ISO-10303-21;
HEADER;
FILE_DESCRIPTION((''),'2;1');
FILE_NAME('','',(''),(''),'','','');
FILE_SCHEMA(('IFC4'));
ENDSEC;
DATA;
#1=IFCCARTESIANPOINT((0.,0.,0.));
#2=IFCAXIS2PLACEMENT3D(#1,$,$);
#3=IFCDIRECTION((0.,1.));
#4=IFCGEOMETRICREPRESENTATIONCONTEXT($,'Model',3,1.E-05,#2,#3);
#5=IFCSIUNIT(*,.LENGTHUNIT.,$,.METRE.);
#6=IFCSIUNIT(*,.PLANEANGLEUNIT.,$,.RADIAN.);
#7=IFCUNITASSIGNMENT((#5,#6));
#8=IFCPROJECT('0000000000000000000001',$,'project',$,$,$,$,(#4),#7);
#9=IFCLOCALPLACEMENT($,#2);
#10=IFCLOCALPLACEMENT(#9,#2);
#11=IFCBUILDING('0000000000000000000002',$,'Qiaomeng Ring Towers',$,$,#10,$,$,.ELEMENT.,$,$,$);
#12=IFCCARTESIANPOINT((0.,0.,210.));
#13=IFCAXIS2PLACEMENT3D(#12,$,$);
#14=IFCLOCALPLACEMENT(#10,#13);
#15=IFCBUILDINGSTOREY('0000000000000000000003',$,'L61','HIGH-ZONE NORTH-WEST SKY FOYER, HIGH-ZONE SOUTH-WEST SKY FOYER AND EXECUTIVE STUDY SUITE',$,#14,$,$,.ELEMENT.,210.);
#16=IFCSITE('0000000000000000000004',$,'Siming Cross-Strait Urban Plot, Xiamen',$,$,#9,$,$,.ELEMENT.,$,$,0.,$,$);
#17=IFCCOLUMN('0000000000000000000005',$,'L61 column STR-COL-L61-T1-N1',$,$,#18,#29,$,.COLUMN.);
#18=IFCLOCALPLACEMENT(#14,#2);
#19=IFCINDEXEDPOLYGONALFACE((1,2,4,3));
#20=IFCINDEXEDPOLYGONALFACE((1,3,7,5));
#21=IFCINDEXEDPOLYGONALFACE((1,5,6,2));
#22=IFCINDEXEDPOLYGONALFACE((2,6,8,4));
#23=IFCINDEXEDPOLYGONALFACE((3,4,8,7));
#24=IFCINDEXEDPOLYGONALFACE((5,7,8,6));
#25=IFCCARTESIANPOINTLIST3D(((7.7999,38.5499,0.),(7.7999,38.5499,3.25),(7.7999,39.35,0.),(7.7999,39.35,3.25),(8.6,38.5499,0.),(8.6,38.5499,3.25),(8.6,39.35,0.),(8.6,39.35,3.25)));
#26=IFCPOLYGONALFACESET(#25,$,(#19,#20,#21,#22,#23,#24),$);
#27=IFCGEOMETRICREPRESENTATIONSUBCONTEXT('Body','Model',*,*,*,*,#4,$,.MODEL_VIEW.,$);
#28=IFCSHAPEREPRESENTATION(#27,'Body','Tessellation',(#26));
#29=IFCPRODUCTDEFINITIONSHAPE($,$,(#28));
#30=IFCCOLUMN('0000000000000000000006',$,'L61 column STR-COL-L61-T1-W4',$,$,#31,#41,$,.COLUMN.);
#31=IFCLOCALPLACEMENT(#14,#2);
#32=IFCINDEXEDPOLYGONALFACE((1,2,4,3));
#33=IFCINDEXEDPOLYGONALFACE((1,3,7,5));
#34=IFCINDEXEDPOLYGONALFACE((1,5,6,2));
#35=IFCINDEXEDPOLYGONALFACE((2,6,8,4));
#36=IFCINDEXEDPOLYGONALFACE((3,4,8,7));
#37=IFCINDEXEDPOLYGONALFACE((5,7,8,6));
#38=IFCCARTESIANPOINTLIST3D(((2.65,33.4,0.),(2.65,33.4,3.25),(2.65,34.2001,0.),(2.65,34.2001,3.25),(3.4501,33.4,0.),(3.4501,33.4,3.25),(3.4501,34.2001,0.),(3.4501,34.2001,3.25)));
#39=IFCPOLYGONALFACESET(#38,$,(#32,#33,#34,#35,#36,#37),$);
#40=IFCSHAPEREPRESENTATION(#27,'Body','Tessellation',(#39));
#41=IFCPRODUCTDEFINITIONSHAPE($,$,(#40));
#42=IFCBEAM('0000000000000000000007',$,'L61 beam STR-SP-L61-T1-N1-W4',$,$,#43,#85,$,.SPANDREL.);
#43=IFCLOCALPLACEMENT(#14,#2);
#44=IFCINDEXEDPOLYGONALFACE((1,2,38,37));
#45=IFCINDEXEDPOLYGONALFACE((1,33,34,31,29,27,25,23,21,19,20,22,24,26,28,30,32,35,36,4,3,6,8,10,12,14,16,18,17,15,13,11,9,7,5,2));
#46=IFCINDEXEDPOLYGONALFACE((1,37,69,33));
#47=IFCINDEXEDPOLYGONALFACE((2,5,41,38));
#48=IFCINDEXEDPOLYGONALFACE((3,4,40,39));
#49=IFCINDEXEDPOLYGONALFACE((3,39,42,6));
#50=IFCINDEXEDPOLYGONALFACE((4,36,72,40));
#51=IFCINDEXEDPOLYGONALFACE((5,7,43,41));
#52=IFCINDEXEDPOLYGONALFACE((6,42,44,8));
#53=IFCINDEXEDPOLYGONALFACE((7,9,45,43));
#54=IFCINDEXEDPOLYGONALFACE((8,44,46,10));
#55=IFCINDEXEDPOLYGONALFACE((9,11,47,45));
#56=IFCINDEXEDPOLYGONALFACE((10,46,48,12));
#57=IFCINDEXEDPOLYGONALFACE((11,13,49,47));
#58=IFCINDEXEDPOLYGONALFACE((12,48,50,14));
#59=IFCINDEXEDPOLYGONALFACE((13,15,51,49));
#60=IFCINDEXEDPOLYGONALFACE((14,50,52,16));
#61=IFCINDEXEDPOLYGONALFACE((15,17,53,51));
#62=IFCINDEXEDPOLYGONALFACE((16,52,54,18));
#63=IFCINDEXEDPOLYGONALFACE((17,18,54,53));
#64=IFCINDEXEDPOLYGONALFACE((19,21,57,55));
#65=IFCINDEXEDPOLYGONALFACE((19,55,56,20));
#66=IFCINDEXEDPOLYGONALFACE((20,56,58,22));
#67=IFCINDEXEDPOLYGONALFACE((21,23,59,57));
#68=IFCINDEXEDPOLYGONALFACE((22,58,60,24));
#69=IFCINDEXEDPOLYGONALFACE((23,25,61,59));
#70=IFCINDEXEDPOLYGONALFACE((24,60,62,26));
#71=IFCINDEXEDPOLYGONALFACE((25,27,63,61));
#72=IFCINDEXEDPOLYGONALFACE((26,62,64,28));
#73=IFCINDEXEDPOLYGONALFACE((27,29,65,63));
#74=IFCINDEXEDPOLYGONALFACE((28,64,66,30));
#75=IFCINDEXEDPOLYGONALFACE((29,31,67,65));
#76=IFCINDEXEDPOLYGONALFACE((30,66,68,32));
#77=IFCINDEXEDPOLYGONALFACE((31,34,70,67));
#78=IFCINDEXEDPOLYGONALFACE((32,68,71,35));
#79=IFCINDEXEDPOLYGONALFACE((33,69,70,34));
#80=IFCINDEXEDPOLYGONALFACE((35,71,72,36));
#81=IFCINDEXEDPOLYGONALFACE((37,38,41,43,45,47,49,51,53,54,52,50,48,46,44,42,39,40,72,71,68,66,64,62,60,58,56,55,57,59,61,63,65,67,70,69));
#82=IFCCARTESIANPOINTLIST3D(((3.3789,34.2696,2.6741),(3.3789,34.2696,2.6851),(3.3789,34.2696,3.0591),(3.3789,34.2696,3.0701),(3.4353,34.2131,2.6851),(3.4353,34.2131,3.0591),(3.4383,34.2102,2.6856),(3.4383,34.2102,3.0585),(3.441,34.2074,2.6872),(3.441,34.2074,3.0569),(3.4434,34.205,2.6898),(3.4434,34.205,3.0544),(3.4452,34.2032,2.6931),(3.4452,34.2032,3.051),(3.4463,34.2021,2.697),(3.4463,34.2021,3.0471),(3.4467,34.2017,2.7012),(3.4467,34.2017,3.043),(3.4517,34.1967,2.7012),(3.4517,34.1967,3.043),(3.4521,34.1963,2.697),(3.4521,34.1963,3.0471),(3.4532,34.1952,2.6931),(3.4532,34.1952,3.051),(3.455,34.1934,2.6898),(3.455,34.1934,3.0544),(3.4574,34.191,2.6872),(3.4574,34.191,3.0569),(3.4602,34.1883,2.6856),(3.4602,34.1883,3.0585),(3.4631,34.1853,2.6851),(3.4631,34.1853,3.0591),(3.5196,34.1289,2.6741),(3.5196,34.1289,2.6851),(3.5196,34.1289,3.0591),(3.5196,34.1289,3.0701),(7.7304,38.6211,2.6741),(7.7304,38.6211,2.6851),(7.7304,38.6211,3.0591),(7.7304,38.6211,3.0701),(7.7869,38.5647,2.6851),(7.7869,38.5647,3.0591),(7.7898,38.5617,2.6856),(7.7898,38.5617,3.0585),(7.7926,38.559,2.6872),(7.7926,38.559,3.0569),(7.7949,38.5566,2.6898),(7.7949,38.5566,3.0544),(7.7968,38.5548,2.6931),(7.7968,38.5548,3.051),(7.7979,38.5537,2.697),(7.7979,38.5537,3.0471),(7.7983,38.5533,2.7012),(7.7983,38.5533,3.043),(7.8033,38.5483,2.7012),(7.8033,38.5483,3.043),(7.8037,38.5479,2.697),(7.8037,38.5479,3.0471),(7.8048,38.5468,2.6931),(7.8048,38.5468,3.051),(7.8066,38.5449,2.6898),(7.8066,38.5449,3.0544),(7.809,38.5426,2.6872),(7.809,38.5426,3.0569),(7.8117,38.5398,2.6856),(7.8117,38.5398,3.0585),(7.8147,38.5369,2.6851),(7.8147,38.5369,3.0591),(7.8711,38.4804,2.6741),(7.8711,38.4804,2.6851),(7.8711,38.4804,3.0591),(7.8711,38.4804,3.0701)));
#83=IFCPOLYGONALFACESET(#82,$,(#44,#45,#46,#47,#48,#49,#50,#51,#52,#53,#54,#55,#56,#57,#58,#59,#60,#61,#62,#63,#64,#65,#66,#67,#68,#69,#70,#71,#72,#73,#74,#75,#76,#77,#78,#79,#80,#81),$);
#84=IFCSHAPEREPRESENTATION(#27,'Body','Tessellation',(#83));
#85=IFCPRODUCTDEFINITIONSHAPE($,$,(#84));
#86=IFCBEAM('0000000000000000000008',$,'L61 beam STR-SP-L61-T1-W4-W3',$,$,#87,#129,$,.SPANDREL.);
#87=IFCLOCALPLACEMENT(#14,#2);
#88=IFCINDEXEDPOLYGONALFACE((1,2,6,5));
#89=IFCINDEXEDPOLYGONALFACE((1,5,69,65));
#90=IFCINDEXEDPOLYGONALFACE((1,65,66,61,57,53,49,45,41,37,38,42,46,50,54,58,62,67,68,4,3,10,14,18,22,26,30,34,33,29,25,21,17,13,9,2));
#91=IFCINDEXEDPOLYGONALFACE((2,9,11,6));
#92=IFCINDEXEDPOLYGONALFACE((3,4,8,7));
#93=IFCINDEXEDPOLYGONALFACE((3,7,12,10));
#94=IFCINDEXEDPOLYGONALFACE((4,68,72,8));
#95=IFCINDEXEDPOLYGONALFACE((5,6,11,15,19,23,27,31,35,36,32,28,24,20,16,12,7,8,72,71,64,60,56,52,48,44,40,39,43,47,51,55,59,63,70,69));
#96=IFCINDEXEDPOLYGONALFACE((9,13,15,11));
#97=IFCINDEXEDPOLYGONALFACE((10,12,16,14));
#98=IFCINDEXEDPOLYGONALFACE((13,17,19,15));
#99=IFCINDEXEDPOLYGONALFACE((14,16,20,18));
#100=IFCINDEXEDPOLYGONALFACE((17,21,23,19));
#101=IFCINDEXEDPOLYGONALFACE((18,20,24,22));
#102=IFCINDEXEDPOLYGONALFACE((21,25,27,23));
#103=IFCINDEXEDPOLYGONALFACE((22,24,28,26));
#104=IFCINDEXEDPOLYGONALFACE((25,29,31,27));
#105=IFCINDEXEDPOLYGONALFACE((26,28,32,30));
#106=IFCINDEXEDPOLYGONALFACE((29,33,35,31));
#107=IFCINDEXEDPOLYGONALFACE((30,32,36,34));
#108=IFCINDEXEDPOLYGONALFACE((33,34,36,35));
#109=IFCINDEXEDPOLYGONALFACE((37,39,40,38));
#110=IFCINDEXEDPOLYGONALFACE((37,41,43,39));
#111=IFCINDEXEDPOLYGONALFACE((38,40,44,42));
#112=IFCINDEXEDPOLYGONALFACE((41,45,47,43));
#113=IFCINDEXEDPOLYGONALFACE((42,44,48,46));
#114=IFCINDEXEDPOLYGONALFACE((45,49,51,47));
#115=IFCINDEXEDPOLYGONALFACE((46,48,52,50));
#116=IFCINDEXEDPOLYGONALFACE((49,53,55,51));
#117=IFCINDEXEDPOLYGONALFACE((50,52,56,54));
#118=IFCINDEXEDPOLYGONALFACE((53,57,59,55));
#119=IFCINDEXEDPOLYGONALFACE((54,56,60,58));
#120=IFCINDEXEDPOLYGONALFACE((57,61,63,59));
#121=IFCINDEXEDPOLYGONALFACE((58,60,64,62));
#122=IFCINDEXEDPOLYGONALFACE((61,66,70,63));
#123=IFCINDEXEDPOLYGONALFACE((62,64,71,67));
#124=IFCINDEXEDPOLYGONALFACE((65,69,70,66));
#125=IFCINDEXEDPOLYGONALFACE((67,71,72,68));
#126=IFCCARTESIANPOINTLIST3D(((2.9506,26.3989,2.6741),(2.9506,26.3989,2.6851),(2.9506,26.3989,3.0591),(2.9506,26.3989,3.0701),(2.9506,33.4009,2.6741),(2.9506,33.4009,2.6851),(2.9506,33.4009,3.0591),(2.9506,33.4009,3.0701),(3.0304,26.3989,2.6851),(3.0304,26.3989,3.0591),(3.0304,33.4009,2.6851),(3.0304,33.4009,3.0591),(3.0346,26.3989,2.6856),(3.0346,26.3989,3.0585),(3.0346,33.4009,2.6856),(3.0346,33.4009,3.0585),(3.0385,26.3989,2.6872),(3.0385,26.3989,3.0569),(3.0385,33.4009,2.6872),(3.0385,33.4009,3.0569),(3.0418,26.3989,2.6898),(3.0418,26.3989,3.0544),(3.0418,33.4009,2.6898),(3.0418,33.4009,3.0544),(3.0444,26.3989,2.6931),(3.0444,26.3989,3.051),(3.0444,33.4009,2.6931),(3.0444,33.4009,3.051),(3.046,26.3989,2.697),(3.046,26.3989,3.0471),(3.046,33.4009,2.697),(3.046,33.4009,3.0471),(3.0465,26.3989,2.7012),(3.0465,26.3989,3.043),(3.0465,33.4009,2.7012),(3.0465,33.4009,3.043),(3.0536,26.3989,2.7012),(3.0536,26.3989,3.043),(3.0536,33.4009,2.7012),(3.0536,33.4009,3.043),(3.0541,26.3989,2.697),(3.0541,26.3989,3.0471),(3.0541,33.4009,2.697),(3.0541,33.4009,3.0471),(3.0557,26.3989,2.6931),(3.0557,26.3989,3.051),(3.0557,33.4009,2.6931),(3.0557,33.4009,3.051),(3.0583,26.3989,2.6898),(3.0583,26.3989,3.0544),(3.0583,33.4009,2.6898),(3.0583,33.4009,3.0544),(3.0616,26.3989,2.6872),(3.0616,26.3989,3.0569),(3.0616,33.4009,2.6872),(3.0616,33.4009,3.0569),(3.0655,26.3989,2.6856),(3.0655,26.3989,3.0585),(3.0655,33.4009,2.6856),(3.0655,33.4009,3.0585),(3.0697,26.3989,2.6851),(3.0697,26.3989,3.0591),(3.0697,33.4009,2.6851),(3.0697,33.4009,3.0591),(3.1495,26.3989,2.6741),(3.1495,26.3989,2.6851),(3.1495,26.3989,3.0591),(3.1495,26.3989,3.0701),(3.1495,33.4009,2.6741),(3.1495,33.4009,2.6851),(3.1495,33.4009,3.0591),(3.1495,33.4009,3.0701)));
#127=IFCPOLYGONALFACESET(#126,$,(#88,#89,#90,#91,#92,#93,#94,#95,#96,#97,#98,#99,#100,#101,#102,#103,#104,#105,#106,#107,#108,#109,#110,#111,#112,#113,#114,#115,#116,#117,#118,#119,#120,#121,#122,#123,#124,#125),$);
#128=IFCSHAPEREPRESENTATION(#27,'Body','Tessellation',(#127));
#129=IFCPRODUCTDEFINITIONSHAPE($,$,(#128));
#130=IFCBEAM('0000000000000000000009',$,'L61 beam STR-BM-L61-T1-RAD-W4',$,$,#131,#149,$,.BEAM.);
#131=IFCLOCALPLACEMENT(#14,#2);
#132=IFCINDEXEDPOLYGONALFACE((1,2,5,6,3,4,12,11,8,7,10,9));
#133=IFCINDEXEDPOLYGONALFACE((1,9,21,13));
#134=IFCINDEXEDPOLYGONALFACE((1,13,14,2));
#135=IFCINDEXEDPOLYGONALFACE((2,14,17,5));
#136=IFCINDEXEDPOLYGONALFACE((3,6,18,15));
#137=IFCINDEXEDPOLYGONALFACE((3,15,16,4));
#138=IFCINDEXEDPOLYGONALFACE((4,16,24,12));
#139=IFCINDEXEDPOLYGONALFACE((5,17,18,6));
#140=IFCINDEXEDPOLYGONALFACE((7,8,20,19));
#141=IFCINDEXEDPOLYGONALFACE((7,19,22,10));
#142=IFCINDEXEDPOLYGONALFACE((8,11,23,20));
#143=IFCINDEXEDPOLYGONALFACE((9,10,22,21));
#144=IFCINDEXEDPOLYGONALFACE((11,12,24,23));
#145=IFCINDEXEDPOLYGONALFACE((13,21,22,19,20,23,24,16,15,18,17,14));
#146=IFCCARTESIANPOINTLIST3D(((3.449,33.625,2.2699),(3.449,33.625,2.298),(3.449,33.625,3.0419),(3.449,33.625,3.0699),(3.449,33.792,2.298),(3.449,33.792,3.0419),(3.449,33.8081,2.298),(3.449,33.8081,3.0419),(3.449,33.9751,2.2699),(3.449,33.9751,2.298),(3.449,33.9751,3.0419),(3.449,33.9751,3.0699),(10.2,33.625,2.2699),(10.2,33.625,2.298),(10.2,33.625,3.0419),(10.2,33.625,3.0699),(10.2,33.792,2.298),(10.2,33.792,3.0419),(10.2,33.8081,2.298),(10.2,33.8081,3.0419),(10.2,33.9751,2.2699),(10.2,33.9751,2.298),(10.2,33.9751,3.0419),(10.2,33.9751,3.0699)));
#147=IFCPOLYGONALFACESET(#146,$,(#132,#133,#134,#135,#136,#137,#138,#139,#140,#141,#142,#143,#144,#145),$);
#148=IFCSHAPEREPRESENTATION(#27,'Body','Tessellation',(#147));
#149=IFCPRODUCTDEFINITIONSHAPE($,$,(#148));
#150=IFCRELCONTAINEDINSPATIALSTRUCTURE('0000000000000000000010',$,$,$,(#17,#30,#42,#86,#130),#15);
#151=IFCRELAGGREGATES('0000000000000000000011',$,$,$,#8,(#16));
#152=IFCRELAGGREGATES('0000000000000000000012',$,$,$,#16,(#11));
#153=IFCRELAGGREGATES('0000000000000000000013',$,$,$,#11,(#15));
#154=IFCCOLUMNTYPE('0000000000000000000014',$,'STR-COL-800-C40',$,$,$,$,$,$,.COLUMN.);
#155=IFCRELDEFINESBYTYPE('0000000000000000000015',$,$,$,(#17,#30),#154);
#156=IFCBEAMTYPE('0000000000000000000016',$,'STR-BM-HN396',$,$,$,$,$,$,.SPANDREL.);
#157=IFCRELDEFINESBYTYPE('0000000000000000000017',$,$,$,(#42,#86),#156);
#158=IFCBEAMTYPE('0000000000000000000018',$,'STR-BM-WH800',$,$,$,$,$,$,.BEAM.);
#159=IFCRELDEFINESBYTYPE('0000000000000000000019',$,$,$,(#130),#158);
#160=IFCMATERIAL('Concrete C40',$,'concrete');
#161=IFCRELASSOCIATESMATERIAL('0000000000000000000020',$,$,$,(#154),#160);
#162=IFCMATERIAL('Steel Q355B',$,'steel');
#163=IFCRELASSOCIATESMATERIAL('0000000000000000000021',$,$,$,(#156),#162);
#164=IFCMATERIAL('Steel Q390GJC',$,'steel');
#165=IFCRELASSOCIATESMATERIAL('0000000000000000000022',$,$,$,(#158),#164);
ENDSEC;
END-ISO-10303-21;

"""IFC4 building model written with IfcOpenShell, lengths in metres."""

from ifc_helpers import new_model, si_unit, direction, frame, origin, origin_2d, place, context, subcontext, project, spatial, rectangle, i_section, extrude, source, transform, mapped, material, material_profile, profile_set, type_object, element, save


model = new_model("IFC4")

# Units and contexts
model_context = context("Model", 3, precision=1e-05, world=origin(), true_north=direction((0.0, 1.0)))
body_context = subcontext(model_context, "Body", "Model", "MODEL_VIEW")
ifc_project = project(units=[si_unit("LENGTHUNIT", "METRE"), si_unit("PLANEANGLEUNIT", "RADIAN")], contexts=[model_context])

# Site, building, storey
site_placement = place(None, origin())
site = spatial("IfcSite", under=ifc_project, at=site_placement, Name="Siming Cross-Strait Urban Plot, Xiamen", CompositionType="ELEMENT", RefElevation=0.0)
building_placement = place(site_placement, origin())
building = spatial("IfcBuilding", under=site, at=building_placement, Name="Qiaomeng Ring Towers", CompositionType="ELEMENT")
storey_placement = place(building_placement, frame((0.0, 0.0, 210.0)))
storey = spatial("IfcBuildingStorey", under=building, at=storey_placement, Name="L61", Description="HIGH-ZONE NORTH-WEST SKY FOYER, HIGH-ZONE SOUTH-WEST SKY FOYER AND EXECUTIVE STUDY SUITE", CompositionType="ELEMENT", Elevation=210.0)

# Columns
ifc_material_1 = material(Name="Concrete C40", Category="concrete")
ifc_material_profile_1 = material_profile(ifc_material_1, rectangle(XDim=0.8, YDim=0.8, at=origin_2d()), Name="RC COL 800x800")
ifc_profile_set_1 = profile_set([ifc_material_profile_1], Name="Concrete C40")
column_type = type_object("IfcColumnType", Name="STR-COL-800-C40", PredefinedType="COLUMN", material=ifc_profile_set_1)
shared_shape_1 = source(origin(), body_context, "Body", "SweptSolid", [
    extrude(rectangle(XDim=0.8, YDim=0.8, at=origin_2d()), origin(), (0.0, 0.0, 1.0), 3.25),
])
for number, where, z_axis, x_axis, name in (
    (1, (8.2, 38.95, 0.0), (0.0, 0.0, 1.0), (1.0, 0.0, 0.0), "L61 column STR-COL-L61-T1-N1"),
    (2, (3.05, 33.8, 0.0), (0.0, 0.0, 1.0), (1.0, 0.0, 0.0), "L61 column STR-COL-L61-T1-W4"),
):
    element("IfcColumn", number, at=place(storey_placement, frame(where, z_axis=z_axis, x_axis=x_axis)), inside=storey, type_object=column_type, Name=name, PredefinedType="COLUMN", context=body_context, shape_type="MappedRepresentation", body=[
        mapped(shared_shape_1, transform((0.0, 0.0, 0.0), x_axis=(1.0, 0.0, 0.0), y_axis=(0.0, 1.0, 0.0), z_axis=(0.0, 0.0, 1.0), scale=1.0)),
    ])

# Beams
ifc_material_2 = material(Name="Steel Q355B", Category="steel")
ifc_material_profile_2 = material_profile(ifc_material_2, i_section(OverallWidth=0.199, OverallDepth=0.396, WebThickness=0.0071, FlangeThickness=0.011, FilletRadius=0.0161, at=origin_2d()), Name="HN 396x199x7x11")
ifc_profile_set_2 = profile_set([ifc_material_profile_2], Name="Steel Q355B")
beam_type_1 = type_object("IfcBeamType", Name="STR-BM-HN396", PredefinedType="SPANDREL", material=ifc_profile_set_2)
shared_shape_2 = source(origin(), body_context, "Body", "SweptSolid", [
    extrude(i_section(OverallWidth=0.199, OverallDepth=0.396, WebThickness=0.0071, FlangeThickness=0.011, FilletRadius=0.0161, at=origin_2d()), origin(), (0.0, 0.0, 1.0), 6.1541),
])
beam_1_placement = place(storey_placement, frame((7.8008, 38.5508, 2.8721), z_axis=(-0.707107, -0.707107, 0.0), x_axis=(0.707107, -0.707107, 0.0)))
element("IfcBeam", 3, at=beam_1_placement, inside=storey, type_object=beam_type_1, Name="L61 beam STR-SP-L61-T1-N1-W4", PredefinedType="SPANDREL", context=body_context, shape_type="MappedRepresentation", body=[
    mapped(shared_shape_2, transform((0.0, 0.0, 0.0), x_axis=(1.0, 0.0, 0.0), y_axis=(0.0, 1.0, 0.0), z_axis=(0.0, 0.0, 1.0), scale=1.0)),
])
shared_shape_3 = source(origin(), body_context, "Body", "SweptSolid", [
    extrude(i_section(OverallWidth=0.199, OverallDepth=0.396, WebThickness=0.0071, FlangeThickness=0.011, FilletRadius=0.0161, at=origin_2d()), origin(), (0.0, 0.0, 1.0), 7.002),
])
beam_2_placement = place(storey_placement, frame((3.05, 33.4009, 2.8721), z_axis=(0.0, -1.0, 0.0), x_axis=(1.0, 0.0, 0.0)))
element("IfcBeam", 4, at=beam_2_placement, inside=storey, type_object=beam_type_1, Name="L61 beam STR-SP-L61-T1-W4-W3", PredefinedType="SPANDREL", context=body_context, shape_type="MappedRepresentation", body=[
    mapped(shared_shape_3, transform((0.0, 0.0, 0.0), x_axis=(1.0, 0.0, 0.0), y_axis=(0.0, 1.0, 0.0), z_axis=(0.0, 0.0, 1.0), scale=1.0)),
])
ifc_material_3 = material(Name="Steel Q390GJC", Category="steel")
ifc_material_profile_3 = material_profile(ifc_material_3, i_section(OverallWidth=0.3501, OverallDepth=0.8, WebThickness=0.0161, FlangeThickness=0.0281, at=origin_2d()), Name="WH 800x350x16x28")
ifc_profile_set_3 = profile_set([ifc_material_profile_3], Name="Steel Q390GJC")
beam_type_2 = type_object("IfcBeamType", Name="STR-BM-WH800", PredefinedType="BEAM", material=ifc_profile_set_3)
shared_shape_4 = source(origin(), body_context, "Body", "SweptSolid", [
    extrude(i_section(OverallWidth=0.3501, OverallDepth=0.8, WebThickness=0.0161, FlangeThickness=0.0281, at=origin_2d()), origin(), (0.0, 0.0, 1.0), 6.751),
])
beam_3_placement = place(storey_placement, frame((3.449, 33.8, 2.6699), z_axis=(1.0, 0.0, 0.0), x_axis=(0.0, 1.0, 0.0)))
element("IfcBeam", 5, at=beam_3_placement, inside=storey, type_object=beam_type_2, Name="L61 beam STR-BM-L61-T1-RAD-W4", PredefinedType="BEAM", context=body_context, shape_type="MappedRepresentation", body=[
    mapped(shared_shape_4, transform((0.0, 0.0, 0.0), x_axis=(1.0, 0.0, 0.0), y_axis=(0.0, 1.0, 0.0), z_axis=(0.0, 0.0, 1.0), scale=1.0)),
])

save(model, "model.ifc")
